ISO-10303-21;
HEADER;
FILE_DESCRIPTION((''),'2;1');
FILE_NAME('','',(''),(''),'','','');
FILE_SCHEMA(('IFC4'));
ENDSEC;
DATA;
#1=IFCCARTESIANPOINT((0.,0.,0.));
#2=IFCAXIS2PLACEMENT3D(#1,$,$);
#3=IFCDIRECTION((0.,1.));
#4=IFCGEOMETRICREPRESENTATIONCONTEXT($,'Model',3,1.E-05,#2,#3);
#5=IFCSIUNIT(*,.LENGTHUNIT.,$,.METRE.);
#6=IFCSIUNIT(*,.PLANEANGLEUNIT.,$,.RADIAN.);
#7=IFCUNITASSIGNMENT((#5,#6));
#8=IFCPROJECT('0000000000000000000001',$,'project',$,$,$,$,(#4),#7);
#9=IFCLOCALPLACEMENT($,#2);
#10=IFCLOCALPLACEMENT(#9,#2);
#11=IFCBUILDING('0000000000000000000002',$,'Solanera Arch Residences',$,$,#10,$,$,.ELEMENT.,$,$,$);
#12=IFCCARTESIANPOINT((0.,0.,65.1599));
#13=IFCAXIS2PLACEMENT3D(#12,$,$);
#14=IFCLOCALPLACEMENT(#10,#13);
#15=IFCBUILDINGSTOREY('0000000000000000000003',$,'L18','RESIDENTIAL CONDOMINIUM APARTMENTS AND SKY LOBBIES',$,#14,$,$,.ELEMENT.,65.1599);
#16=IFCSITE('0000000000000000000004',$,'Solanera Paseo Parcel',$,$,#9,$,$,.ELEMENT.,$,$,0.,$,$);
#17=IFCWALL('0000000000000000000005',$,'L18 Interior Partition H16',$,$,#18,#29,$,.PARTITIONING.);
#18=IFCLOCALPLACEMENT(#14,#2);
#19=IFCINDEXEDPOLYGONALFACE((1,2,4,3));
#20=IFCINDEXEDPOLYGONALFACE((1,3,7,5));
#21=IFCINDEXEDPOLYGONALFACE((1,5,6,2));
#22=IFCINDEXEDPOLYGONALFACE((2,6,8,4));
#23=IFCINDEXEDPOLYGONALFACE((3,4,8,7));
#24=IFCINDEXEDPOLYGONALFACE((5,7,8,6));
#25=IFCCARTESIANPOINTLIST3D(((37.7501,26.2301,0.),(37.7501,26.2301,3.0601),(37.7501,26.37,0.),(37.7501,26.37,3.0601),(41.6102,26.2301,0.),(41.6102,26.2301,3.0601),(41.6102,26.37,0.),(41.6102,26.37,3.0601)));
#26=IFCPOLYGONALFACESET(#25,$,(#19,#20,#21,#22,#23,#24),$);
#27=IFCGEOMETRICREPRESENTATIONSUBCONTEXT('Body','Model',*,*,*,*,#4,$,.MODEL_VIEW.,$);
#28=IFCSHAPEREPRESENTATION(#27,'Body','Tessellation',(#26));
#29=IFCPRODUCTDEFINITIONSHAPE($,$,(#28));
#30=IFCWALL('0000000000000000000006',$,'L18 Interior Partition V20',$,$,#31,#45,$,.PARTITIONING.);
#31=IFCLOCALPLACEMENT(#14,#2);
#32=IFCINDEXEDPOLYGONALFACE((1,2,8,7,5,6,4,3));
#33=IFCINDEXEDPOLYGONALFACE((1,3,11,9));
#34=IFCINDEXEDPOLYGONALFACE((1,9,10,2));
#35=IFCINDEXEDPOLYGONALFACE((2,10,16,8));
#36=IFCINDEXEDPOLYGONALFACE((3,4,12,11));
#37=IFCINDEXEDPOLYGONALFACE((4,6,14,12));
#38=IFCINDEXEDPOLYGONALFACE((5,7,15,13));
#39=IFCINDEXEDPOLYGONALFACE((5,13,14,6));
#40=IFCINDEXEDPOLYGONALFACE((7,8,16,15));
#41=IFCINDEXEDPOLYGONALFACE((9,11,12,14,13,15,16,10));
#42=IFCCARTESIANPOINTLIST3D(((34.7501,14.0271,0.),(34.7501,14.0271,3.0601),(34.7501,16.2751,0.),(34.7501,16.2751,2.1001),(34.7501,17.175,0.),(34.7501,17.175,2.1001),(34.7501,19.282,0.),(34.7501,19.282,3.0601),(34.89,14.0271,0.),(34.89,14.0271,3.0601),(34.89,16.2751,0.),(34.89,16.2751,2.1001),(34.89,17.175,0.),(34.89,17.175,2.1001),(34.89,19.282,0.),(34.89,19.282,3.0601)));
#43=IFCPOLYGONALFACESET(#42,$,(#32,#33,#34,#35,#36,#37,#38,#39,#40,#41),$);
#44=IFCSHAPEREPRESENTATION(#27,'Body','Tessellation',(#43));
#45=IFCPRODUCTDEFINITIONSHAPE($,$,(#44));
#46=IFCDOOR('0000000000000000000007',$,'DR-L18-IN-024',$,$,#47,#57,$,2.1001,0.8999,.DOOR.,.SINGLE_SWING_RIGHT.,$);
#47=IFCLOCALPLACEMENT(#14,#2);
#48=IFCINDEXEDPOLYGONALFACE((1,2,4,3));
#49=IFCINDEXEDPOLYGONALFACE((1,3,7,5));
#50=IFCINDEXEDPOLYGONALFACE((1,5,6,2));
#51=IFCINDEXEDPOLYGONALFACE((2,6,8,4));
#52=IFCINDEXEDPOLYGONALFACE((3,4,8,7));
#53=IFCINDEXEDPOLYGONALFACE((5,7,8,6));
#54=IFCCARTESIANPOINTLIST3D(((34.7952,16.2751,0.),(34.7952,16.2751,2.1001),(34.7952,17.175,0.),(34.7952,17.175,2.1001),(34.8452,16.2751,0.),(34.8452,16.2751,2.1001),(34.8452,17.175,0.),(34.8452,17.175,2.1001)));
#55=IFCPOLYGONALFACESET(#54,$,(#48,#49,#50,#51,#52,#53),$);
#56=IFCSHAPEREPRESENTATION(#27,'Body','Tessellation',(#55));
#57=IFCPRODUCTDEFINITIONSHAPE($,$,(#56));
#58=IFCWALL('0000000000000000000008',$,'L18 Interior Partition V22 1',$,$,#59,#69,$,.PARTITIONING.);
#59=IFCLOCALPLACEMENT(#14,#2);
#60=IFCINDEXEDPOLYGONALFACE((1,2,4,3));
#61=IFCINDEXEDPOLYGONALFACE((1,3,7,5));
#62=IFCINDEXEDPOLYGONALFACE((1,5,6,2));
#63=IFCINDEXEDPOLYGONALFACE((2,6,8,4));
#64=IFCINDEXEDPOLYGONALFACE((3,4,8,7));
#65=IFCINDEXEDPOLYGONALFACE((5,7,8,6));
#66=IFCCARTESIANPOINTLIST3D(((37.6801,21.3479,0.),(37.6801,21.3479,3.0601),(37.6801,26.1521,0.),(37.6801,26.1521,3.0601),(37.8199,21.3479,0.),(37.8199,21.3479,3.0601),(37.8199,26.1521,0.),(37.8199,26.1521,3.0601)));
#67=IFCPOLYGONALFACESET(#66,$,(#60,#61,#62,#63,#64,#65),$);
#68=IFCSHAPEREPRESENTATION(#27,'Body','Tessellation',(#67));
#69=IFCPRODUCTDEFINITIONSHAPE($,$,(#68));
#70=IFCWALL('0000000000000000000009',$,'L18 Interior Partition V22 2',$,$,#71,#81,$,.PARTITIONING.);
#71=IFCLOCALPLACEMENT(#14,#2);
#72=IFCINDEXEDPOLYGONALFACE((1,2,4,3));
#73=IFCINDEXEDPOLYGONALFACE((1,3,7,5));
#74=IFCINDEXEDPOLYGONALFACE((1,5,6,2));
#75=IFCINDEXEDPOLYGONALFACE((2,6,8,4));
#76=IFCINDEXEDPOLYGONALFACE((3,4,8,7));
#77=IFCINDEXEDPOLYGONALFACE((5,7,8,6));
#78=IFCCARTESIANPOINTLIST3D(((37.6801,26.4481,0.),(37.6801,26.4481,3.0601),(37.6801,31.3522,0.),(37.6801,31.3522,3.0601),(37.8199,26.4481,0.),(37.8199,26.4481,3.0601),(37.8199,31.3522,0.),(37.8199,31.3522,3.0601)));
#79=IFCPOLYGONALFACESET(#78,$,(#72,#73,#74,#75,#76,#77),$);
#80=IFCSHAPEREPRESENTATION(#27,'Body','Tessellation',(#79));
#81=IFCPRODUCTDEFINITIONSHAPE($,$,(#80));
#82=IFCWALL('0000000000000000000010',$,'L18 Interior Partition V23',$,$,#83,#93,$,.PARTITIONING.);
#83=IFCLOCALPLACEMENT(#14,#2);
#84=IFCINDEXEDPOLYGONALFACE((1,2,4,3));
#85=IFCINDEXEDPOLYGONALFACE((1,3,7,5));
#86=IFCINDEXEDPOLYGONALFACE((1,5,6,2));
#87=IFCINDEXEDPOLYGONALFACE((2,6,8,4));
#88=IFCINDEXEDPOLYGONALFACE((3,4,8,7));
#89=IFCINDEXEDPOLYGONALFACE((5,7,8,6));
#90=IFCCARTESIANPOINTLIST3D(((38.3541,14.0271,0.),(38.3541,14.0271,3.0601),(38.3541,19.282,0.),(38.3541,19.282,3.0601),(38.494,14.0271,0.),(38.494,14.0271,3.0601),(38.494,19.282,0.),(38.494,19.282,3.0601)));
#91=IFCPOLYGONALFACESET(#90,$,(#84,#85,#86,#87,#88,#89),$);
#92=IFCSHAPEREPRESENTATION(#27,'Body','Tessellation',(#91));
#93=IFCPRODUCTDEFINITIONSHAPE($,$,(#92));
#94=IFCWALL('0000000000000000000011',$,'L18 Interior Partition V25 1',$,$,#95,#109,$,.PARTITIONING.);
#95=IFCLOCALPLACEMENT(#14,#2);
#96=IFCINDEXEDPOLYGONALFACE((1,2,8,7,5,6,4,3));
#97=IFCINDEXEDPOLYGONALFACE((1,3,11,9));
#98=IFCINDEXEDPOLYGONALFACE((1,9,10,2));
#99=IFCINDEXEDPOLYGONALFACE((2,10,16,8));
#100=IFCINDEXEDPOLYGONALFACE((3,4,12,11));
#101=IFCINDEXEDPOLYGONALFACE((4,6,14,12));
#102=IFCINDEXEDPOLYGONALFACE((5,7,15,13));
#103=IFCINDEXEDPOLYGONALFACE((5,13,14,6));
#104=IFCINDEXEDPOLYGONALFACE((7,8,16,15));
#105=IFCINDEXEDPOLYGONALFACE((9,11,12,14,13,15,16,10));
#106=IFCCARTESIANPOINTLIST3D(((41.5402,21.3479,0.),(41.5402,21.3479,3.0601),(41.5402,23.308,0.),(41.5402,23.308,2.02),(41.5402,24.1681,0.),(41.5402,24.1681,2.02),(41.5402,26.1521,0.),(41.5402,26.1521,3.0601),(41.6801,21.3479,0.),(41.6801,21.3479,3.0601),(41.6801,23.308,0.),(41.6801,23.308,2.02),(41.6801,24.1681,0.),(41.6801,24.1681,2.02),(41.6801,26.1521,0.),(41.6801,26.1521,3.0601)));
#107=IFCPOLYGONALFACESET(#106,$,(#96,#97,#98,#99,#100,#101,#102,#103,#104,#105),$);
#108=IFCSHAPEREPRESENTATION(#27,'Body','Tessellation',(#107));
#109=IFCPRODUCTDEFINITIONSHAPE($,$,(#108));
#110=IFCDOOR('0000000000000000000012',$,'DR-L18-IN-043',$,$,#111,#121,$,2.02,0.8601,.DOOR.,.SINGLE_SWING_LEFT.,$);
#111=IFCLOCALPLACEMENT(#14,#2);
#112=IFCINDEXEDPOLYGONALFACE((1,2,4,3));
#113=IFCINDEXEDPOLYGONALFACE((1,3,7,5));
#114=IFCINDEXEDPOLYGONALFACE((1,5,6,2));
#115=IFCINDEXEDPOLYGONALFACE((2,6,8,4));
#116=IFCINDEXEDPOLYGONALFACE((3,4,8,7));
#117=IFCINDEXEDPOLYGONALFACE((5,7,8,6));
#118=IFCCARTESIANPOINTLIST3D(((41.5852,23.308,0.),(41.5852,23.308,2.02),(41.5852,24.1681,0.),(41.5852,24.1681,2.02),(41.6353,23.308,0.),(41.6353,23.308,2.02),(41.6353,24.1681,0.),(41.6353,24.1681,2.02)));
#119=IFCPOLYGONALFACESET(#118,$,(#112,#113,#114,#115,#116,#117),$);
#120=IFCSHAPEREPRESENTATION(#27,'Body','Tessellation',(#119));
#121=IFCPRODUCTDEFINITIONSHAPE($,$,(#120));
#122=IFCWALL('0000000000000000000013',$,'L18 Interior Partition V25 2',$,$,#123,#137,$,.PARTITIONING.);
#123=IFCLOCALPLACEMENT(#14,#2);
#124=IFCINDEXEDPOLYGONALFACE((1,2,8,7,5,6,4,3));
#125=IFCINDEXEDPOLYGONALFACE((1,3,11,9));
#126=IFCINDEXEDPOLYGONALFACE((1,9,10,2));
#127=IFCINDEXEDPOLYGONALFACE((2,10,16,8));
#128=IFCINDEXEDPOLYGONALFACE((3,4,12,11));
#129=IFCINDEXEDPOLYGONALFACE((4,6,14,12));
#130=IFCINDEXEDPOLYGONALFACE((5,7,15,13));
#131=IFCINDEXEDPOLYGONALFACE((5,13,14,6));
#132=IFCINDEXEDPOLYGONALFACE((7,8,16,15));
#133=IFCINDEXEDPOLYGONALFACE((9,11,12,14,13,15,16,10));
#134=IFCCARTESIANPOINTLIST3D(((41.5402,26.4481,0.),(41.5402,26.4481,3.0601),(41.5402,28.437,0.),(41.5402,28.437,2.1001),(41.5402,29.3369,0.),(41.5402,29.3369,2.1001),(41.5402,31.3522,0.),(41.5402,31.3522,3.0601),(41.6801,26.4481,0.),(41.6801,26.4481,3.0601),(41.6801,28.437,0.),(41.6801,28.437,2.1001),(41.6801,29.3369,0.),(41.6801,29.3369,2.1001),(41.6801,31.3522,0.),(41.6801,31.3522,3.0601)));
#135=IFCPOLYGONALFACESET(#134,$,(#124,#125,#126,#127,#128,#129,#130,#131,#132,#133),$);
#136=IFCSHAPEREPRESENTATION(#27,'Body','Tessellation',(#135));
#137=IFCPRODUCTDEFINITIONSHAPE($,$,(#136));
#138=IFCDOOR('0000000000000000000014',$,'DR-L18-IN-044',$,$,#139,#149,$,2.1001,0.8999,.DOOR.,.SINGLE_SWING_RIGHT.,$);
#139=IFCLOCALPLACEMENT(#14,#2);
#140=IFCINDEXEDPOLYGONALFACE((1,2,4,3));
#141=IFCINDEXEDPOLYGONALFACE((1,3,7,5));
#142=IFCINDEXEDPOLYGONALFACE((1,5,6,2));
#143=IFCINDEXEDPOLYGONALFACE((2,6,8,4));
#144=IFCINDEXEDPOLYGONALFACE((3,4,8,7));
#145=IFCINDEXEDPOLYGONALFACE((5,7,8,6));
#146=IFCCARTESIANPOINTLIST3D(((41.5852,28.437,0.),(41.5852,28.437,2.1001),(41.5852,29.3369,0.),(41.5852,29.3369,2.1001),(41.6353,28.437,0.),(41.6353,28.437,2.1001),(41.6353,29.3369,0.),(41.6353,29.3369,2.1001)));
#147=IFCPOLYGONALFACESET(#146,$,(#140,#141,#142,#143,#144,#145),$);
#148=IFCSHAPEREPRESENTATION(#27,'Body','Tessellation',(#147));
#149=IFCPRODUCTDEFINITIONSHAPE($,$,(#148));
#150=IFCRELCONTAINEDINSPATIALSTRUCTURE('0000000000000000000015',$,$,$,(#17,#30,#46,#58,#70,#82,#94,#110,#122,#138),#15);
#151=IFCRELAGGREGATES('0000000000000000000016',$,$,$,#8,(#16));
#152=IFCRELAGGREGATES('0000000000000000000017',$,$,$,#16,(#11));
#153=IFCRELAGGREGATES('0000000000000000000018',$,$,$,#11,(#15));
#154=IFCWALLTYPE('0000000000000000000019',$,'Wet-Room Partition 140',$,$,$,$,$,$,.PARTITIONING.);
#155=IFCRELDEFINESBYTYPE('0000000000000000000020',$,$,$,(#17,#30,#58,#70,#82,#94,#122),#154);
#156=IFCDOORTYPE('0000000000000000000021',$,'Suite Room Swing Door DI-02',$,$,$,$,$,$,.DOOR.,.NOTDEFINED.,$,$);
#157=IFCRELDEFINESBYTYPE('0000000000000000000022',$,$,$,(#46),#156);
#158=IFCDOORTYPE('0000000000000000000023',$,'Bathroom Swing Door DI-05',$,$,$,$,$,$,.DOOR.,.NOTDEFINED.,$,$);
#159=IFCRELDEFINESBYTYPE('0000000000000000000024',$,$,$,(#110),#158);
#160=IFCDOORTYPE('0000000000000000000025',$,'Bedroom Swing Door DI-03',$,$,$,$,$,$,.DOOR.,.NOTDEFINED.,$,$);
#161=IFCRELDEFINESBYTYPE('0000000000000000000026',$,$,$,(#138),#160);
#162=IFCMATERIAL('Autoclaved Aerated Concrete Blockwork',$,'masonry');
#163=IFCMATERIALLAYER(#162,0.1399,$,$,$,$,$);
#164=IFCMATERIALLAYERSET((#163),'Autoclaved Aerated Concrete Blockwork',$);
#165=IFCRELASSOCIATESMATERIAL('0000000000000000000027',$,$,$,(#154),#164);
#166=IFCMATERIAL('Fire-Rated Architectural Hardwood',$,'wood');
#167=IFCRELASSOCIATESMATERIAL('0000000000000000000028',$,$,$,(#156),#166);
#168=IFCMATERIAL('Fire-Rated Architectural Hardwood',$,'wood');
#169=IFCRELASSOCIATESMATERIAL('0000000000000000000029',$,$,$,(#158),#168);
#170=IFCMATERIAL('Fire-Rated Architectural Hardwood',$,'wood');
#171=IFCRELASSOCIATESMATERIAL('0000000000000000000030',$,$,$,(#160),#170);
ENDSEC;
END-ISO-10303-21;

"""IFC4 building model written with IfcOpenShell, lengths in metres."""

from ifc_helpers import new_model, si_unit, direction, frame, frame_2d, origin, place, context, subcontext, project, spatial, rectangle, extrude, material, layer, layer_set, type_object, element, fill, save


model = new_model("IFC4")

# Units and contexts
model_context = context("Model", 3, precision=1e-05, world=origin(), true_north=direction((0.0, 1.0)))
body_context = subcontext(model_context, "Body", "Model", "MODEL_VIEW")
ifc_project = project(units=[si_unit("LENGTHUNIT", "METRE"), si_unit("PLANEANGLEUNIT", "RADIAN")], contexts=[model_context])

# Site, building, storey
site_placement = place(None, origin())
site = spatial("IfcSite", under=ifc_project, at=site_placement, Name="Solanera Paseo Parcel", CompositionType="ELEMENT", RefElevation=0.0)
building_placement = place(site_placement, origin())
building = spatial("IfcBuilding", under=site, at=building_placement, Name="Solanera Arch Residences", CompositionType="ELEMENT")
storey_placement = place(building_placement, frame((0.0, 0.0, 65.1599)))
storey = spatial("IfcBuildingStorey", under=building, at=storey_placement, Name="L18", Description="RESIDENTIAL CONDOMINIUM APARTMENTS AND SKY LOBBIES", CompositionType="ELEMENT", Elevation=65.1599)

# Wall
ifc_material_1 = material(Name="Autoclaved Aerated Concrete Blockwork", Category="masonry")
ifc_layer_1 = layer(ifc_material_1, 0.1399)
ifc_layer_set_1 = layer_set([ifc_layer_1], Name="Autoclaved Aerated Concrete Blockwork")
wall_type_1 = type_object("IfcWallType", Name="Wet-Room Partition 140", PredefinedType="PARTITIONING", material=ifc_layer_set_1)
wall_1_placement = place(storey_placement, frame((37.75, 26.3, 0.0), z_axis=(0.0, 0.0, 1.0), x_axis=(1.0, 0.0, 0.0)))
element("IfcWall", 1, at=wall_1_placement, inside=storey, type_object=wall_type_1, Name="L18 Interior Partition H16", PredefinedType="PARTITIONING", context=body_context, shape_type="SweptSolid", body=[
    extrude(rectangle(XDim=3.8601, YDim=0.1399, at=frame_2d((1.9302, 0.0))), origin(), (0.0, 0.0, 1.0), 3.0601),
])

# Wall, opening, door
wall_2_placement = place(storey_placement, frame((34.8201, 14.0271, 0.0), z_axis=(0.0, 0.0, 1.0), x_axis=(0.0, 1.0, 0.0)))
wall_2 = element("IfcWall", 2, at=wall_2_placement, inside=storey, type_object=wall_type_1, Name="L18 Interior Partition V20", PredefinedType="PARTITIONING", context=body_context, shape_type="SweptSolid", body=[
    extrude(rectangle(XDim=5.2549, YDim=0.1399, at=frame_2d((2.6274, 0.0))), origin(), (0.0, 0.0, 1.0), 3.0601),
])
opening_1_placement = place(wall_2_placement, frame((2.248, 0.0, 0.0)))
opening_1 = element("IfcOpeningElement", 3, at=opening_1_placement, cuts=wall_2, PredefinedType="OPENING", context=body_context, shape_type="SweptSolid", body=[
    extrude(rectangle(XDim=0.8999, YDim=2.1001, at=frame_2d((0.45, 1.05))), frame((0.0, 0.0798, 0.0), z_axis=(0.0, -1.0, 0.0), x_axis=(1.0, 0.0, 0.0)), (0.0, 0.0, 1.0), 0.1599),
])
ifc_material_2 = material(Name="Fire-Rated Architectural Hardwood", Category="wood")
door_type_1 = type_object("IfcDoorType", Name="Suite Room Swing Door DI-02", OperationType="NOTDEFINED", PredefinedType="DOOR", material=ifc_material_2)
door_1_placement = place(opening_1_placement, origin())
door_1 = element("IfcDoor", 4, at=door_1_placement, inside=storey, type_object=door_type_1, Name="DR-L18-IN-024", OperationType="SINGLE_SWING_RIGHT", OverallHeight=2.1001, OverallWidth=0.8999, PredefinedType="DOOR", context=body_context, shape_type="SweptSolid", body=[
    extrude(rectangle(XDim=0.8999, YDim=2.1001, at=frame_2d((0.45, 1.05))), frame((0.0, 0.0249, 0.0), z_axis=(0.0, -1.0, 0.0), x_axis=(1.0, 0.0, 0.0)), (0.0, 0.0, 1.0), 0.05),
])
fill(opening_1, door_1)

# Walls
wall_3_placement = place(storey_placement, frame((37.75, 21.3479, 0.0), z_axis=(0.0, 0.0, 1.0), x_axis=(0.0, 1.0, 0.0)))
element("IfcWall", 5, at=wall_3_placement, inside=storey, type_object=wall_type_1, Name="L18 Interior Partition V22 1", PredefinedType="PARTITIONING", context=body_context, shape_type="SweptSolid", body=[
    extrude(rectangle(XDim=4.8042, YDim=0.1399, at=frame_2d((2.4021, 0.0))), origin(), (0.0, 0.0, 1.0), 3.0601),
])
wall_4_placement = place(storey_placement, frame((37.75, 26.448, 0.0), z_axis=(0.0, 0.0, 1.0), x_axis=(0.0, 1.0, 0.0)))
element("IfcWall", 6, at=wall_4_placement, inside=storey, type_object=wall_type_1, Name="L18 Interior Partition V22 2", PredefinedType="PARTITIONING", context=body_context, shape_type="SweptSolid", body=[
    extrude(rectangle(XDim=4.9041, YDim=0.1399, at=frame_2d((2.4521, 0.0))), origin(), (0.0, 0.0, 1.0), 3.0601),
])
wall_5_placement = place(storey_placement, frame((38.4241, 14.0271, 0.0), z_axis=(0.0, 0.0, 1.0), x_axis=(0.0, 1.0, 0.0)))
element("IfcWall", 7, at=wall_5_placement, inside=storey, type_object=wall_type_1, Name="L18 Interior Partition V23", PredefinedType="PARTITIONING", context=body_context, shape_type="SweptSolid", body=[
    extrude(rectangle(XDim=5.2549, YDim=0.1399, at=frame_2d((2.6274, 0.0))), origin(), (0.0, 0.0, 1.0), 3.0601),
])

# Walls, openings, doors
wall_6_placement = place(storey_placement, frame((41.6101, 21.3479, 0.0), z_axis=(0.0, 0.0, 1.0), x_axis=(0.0, 1.0, 0.0)))
wall_6 = element("IfcWall", 8, at=wall_6_placement, inside=storey, type_object=wall_type_1, Name="L18 Interior Partition V25 1", PredefinedType="PARTITIONING", context=body_context, shape_type="SweptSolid", body=[
    extrude(rectangle(XDim=4.8042, YDim=0.1399, at=frame_2d((2.4021, 0.0))), origin(), (0.0, 0.0, 1.0), 3.0601),
])
opening_2_placement = place(wall_6_placement, frame((1.96, 0.0, 0.0)))
opening_2 = element("IfcOpeningElement", 9, at=opening_2_placement, cuts=wall_6, PredefinedType="OPENING", context=body_context, shape_type="SweptSolid", body=[
    extrude(rectangle(XDim=0.8601, YDim=2.02, at=frame_2d((0.4302, 1.01))), frame((0.0, 0.0798, 0.0), z_axis=(0.0, -1.0, 0.0), x_axis=(1.0, 0.0, 0.0)), (0.0, 0.0, 1.0), 0.1599),
])
ifc_material_3 = material(Name="Fire-Rated Architectural Hardwood", Category="wood")
door_type_2 = type_object("IfcDoorType", Name="Bathroom Swing Door DI-05", OperationType="NOTDEFINED", PredefinedType="DOOR", material=ifc_material_3)
door_2_placement = place(opening_2_placement, origin())
door_2 = element("IfcDoor", 10, at=door_2_placement, inside=storey, type_object=door_type_2, Name="DR-L18-IN-043", OperationType="SINGLE_SWING_LEFT", OverallHeight=2.02, OverallWidth=0.8601, PredefinedType="DOOR", context=body_context, shape_type="SweptSolid", body=[
    extrude(rectangle(XDim=0.8601, YDim=2.02, at=frame_2d((0.4302, 1.01))), frame((0.0, 0.0249, 0.0), z_axis=(0.0, -1.0, 0.0), x_axis=(1.0, 0.0, 0.0)), (0.0, 0.0, 1.0), 0.05),
])
fill(opening_2, door_2)
wall_7_placement = place(storey_placement, frame((41.6101, 26.448, 0.0), z_axis=(0.0, 0.0, 1.0), x_axis=(0.0, 1.0, 0.0)))
wall_7 = element("IfcWall", 11, at=wall_7_placement, inside=storey, type_object=wall_type_1, Name="L18 Interior Partition V25 2", PredefinedType="PARTITIONING", context=body_context, shape_type="SweptSolid", body=[
    extrude(rectangle(XDim=4.9041, YDim=0.1399, at=frame_2d((2.4521, 0.0))), origin(), (0.0, 0.0, 1.0), 3.0601),
])
opening_3_placement = place(wall_7_placement, frame((1.989, 0.0, 0.0)))
opening_3 = element("IfcOpeningElement", 12, at=opening_3_placement, cuts=wall_7, PredefinedType="OPENING", context=body_context, shape_type="SweptSolid", body=[
    extrude(rectangle(XDim=0.8999, YDim=2.1001, at=frame_2d((0.45, 1.05))), frame((0.0, 0.0798, 0.0), z_axis=(0.0, -1.0, 0.0), x_axis=(1.0, 0.0, 0.0)), (0.0, 0.0, 1.0), 0.1599),
])
ifc_material_4 = material(Name="Fire-Rated Architectural Hardwood", Category="wood")
door_type_3 = type_object("IfcDoorType", Name="Bedroom Swing Door DI-03", OperationType="NOTDEFINED", PredefinedType="DOOR", material=ifc_material_4)
door_3_placement = place(opening_3_placement, origin())
door_3 = element("IfcDoor", 13, at=door_3_placement, inside=storey, type_object=door_type_3, Name="DR-L18-IN-044", OperationType="SINGLE_SWING_RIGHT", OverallHeight=2.1001, OverallWidth=0.8999, PredefinedType="DOOR", context=body_context, shape_type="SweptSolid", body=[
    extrude(rectangle(XDim=0.8999, YDim=2.1001, at=frame_2d((0.45, 1.05))), frame((0.0, 0.0249, 0.0), z_axis=(0.0, -1.0, 0.0), x_axis=(1.0, 0.0, 0.0)), (0.0, 0.0, 1.0), 0.05),
])
fill(opening_3, door_3)

save(model, "model.ifc")
